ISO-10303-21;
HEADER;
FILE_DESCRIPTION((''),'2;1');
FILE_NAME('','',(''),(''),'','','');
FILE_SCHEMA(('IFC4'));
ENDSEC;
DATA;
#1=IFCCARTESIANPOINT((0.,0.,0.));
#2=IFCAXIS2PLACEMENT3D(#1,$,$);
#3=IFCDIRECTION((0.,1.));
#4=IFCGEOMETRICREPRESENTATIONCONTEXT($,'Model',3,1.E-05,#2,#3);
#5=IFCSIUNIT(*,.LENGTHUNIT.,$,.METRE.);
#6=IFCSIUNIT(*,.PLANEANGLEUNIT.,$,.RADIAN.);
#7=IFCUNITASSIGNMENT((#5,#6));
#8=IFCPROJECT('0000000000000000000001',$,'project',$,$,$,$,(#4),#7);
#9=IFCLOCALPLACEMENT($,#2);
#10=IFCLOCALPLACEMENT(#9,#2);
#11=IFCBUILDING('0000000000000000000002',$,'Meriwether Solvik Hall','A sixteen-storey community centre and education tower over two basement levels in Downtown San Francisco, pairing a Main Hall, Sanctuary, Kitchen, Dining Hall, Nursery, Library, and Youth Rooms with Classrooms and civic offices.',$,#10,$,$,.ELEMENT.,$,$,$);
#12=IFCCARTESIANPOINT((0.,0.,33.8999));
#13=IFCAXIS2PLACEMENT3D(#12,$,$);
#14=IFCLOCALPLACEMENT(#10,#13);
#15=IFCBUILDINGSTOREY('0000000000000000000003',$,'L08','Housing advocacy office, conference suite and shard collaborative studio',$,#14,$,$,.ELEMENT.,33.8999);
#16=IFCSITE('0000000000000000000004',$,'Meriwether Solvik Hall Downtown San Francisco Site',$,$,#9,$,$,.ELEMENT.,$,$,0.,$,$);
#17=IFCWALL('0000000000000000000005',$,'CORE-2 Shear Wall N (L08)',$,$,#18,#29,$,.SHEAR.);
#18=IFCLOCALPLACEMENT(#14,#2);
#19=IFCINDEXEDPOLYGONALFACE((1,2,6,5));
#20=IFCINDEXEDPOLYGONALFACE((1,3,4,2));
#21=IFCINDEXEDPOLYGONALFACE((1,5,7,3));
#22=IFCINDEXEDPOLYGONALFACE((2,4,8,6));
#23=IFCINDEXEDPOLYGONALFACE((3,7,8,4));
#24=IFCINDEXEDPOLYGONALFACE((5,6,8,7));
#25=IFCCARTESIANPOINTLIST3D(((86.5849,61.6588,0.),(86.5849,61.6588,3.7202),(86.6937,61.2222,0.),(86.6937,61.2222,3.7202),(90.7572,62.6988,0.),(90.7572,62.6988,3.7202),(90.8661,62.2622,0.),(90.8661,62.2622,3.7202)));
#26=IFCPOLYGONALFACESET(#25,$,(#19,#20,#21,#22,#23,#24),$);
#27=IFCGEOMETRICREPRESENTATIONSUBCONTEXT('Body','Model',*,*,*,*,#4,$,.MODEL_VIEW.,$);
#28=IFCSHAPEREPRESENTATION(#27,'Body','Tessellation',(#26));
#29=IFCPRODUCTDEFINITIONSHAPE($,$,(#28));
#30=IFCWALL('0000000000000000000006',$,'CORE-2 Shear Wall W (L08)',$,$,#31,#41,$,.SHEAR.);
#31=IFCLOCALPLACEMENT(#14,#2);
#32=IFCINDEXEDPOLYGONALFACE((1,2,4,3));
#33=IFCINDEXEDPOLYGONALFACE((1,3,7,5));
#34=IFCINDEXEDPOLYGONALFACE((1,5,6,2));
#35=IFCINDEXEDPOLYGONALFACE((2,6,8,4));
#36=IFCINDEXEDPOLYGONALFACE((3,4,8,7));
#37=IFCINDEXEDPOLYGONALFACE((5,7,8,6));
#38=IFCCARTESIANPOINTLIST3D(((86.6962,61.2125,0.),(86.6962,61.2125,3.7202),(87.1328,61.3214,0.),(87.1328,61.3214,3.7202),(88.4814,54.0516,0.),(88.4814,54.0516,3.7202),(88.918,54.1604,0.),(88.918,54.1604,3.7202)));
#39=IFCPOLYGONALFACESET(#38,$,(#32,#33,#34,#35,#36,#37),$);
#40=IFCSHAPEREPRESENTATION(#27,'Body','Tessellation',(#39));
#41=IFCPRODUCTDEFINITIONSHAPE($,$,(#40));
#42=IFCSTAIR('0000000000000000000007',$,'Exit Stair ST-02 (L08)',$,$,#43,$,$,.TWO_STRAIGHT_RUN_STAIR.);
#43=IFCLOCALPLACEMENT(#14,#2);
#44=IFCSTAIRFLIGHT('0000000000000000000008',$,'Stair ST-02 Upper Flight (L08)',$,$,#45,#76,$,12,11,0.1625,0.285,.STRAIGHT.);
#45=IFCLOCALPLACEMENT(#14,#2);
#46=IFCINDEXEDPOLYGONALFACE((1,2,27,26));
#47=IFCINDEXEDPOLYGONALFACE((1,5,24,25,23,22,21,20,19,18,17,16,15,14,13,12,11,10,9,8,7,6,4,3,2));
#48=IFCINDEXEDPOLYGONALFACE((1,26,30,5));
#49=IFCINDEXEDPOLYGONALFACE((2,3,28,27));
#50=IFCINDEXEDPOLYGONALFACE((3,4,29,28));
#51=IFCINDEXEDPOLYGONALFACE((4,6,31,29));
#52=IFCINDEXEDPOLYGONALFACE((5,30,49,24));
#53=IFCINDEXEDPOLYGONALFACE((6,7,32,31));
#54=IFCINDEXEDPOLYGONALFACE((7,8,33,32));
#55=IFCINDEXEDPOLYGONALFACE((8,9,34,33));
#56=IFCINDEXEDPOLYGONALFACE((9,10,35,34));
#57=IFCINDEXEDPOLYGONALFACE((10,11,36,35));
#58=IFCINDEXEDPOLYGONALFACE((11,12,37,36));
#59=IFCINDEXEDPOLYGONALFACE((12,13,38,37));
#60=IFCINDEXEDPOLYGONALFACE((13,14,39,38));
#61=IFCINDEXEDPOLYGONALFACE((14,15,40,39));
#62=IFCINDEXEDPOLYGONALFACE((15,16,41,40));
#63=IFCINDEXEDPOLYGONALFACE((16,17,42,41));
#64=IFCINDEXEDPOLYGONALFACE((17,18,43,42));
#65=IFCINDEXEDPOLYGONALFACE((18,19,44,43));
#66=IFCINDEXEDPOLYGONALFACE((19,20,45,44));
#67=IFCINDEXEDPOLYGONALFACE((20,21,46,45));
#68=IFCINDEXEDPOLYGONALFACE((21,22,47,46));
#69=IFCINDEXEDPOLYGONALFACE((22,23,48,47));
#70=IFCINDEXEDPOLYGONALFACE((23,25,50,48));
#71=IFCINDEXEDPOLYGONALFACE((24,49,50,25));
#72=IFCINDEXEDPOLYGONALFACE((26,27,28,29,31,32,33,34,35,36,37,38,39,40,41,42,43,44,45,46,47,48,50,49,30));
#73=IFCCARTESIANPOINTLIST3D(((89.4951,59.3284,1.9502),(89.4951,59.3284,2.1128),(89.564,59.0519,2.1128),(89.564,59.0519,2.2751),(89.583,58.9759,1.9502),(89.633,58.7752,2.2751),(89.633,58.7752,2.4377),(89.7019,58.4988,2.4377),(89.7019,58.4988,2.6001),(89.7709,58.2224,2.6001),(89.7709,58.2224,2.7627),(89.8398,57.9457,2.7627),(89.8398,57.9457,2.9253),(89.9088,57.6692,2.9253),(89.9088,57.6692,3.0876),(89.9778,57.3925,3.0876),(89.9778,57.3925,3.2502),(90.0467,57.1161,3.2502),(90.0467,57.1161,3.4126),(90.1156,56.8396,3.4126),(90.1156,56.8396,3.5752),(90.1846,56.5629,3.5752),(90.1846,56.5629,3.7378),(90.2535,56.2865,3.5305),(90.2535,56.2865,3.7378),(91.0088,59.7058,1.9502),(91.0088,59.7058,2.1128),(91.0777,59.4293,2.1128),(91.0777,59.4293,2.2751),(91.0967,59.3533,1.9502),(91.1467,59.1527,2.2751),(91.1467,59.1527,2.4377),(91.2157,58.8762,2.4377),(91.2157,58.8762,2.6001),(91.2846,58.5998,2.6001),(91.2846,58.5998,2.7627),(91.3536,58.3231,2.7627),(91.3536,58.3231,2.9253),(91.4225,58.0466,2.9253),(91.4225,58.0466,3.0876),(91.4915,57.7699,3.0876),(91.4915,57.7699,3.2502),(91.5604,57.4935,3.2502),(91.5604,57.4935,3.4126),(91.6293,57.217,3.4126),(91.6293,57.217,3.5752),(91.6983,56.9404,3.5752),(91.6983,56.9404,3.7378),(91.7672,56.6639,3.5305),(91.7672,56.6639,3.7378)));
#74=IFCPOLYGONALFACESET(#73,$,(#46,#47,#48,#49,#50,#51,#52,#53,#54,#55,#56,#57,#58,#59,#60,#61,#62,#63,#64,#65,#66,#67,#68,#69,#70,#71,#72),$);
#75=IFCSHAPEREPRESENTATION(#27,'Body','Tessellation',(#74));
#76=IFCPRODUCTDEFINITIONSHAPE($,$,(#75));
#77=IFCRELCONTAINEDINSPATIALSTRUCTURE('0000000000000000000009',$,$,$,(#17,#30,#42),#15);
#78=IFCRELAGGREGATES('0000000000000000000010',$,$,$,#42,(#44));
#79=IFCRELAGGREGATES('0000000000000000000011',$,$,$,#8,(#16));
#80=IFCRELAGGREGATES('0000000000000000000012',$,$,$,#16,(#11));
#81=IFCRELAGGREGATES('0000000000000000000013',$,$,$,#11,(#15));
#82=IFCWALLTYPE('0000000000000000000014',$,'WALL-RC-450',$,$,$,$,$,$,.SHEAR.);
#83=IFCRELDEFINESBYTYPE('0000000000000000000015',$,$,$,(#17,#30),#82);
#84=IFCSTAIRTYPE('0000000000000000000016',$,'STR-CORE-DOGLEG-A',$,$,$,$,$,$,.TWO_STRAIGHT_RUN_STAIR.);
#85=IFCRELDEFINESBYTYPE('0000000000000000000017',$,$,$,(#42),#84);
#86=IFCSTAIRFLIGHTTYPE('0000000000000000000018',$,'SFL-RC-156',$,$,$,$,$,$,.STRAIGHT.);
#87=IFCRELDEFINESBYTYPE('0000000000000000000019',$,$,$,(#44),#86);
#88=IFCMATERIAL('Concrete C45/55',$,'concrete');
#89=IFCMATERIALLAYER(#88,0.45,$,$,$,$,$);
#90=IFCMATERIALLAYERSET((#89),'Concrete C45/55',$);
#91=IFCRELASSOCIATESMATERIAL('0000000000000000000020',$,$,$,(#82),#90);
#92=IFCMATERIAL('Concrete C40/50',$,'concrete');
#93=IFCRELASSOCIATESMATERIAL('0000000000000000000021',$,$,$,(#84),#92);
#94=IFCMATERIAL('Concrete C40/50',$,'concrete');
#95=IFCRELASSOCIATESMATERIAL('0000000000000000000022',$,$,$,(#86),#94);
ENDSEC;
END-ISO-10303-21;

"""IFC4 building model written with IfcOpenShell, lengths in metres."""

from ifc_helpers import new_model, si_unit, direction, frame, frame_2d, origin, place, context, subcontext, project, spatial, polyline, rectangle, outline, extrude, material, layer, layer_set, type_object, element, aggregate, save


model = new_model("IFC4")

# Units and contexts
model_context = context("Model", 3, precision=1e-05, world=origin(), true_north=direction((0.0, 1.0)))
body_context = subcontext(model_context, "Body", "Model", "MODEL_VIEW")
ifc_project = project(units=[si_unit("LENGTHUNIT", "METRE"), si_unit("PLANEANGLEUNIT", "RADIAN")], contexts=[model_context])

# Site, building, storey
site_placement = place(None, origin())
site = spatial("IfcSite", under=ifc_project, at=site_placement, Name="Meriwether Solvik Hall Downtown San Francisco Site", CompositionType="ELEMENT", RefElevation=0.0)
building_placement = place(site_placement, origin())
building = spatial("IfcBuilding", under=site, at=building_placement, Name="Meriwether Solvik Hall", Description="A sixteen-storey community centre and education tower over two basement levels in Downtown San Francisco, pairing a Main Hall, Sanctuary, Kitchen, Dining Hall, Nursery, Library, and Youth Rooms with Classrooms and civic offices.", CompositionType="ELEMENT")
storey_placement = place(building_placement, frame((0.0, 0.0, 33.8999)))
storey = spatial("IfcBuildingStorey", under=building, at=storey_placement, Name="L08", Description="Housing advocacy office, conference suite and shard collaborative studio", CompositionType="ELEMENT", Elevation=33.8999)

# Walls
ifc_material_1 = material(Name="Concrete C45/55", Category="concrete")
ifc_layer_1 = layer(ifc_material_1, 0.45)
ifc_layer_set_1 = layer_set([ifc_layer_1], Name="Concrete C45/55")
wall_type_1 = type_object("IfcWallType", Name="WALL-RC-450", PredefinedType="SHEAR", material=ifc_layer_set_1)
wall_1_placement = place(storey_placement, frame((90.8115, 62.4805, 0.0), z_axis=(0.0, 0.0, 1.0), x_axis=(-0.970309, -0.241868, 0.0)))
element("IfcWall", 1, at=wall_1_placement, inside=storey, type_object=wall_type_1, Name="CORE-2 Shear Wall N (L08)", PredefinedType="SHEAR", context=body_context, shape_type="SweptSolid", body=[
    extrude(rectangle(XDim=4.3, YDim=0.45, at=frame_2d((2.1499, 0.0))), origin(), (0.0, 0.0, 1.0), 3.7202),
])
wall_2_placement = place(storey_placement, frame((86.9146, 61.2668, 0.0), z_axis=(0.0, 0.0, 1.0), x_axis=(0.24189, -0.970304, 0.0)))
element("IfcWall", 2, at=wall_2_placement, inside=storey, type_object=wall_type_1, Name="CORE-2 Shear Wall W (L08)", PredefinedType="SHEAR", context=body_context, shape_type="SweptSolid", body=[
    extrude(rectangle(XDim=7.3801, YDim=0.45, at=frame_2d((3.6899, 0.0))), origin(), (0.0, 0.0, 1.0), 3.7202),
])

# Stair, stair flight
ifc_material_2 = material(Name="Concrete C40/50", Category="concrete")
stair_type = type_object("IfcStairType", Name="STR-CORE-DOGLEG-A", PredefinedType="TWO_STRAIGHT_RUN_STAIR", material=ifc_material_2)
stair_placement = place(storey_placement, origin())
stair = element("IfcStair", 3, at=stair_placement, inside=storey, type_object=stair_type, Name="Exit Stair ST-02 (L08)", PredefinedType="TWO_STRAIGHT_RUN_STAIR")
ifc_material_3 = material(Name="Concrete C40/50", Category="concrete")
stair_flight_type = type_object("IfcStairFlightType", Name="SFL-RC-156", PredefinedType="STRAIGHT", material=ifc_material_3)
stair_flight_placement = place(storey_placement, frame((90.252, 59.5171, 1.9502), z_axis=(0.0, 0.0, 1.0), x_axis=(0.241922, -0.970296, 0.0)))
stair_flight = element("IfcStairFlight", 4, at=stair_flight_placement, type_object=stair_flight_type, Name="Stair ST-02 Upper Flight (L08)", NumberOfRisers=12, NumberOfTreads=11, PredefinedType="STRAIGHT", RiserHeight=0.1625, TreadLength=0.285, context=body_context, shape_type="SweptSolid", body=[
    extrude(outline(polyline([(0.0, 0.0), (0.0, 0.1626), (0.2849, 0.1626), (0.2849, 0.325), (0.5701, 0.325), (0.5701, 0.4875), (0.855, 0.4875), (0.855, 0.6499), (1.1399, 0.6499), (1.1399, 0.8125), (1.425, 0.8125), (1.425, 0.9751), (1.71, 0.9751), (1.71, 1.1375), (1.9951, 1.1375), (1.9951, 1.3), (2.28, 1.3), (2.28, 1.4624), (2.5649, 1.4624), (2.5649, 1.625), (2.8501, 1.625), (2.8501, 1.7876), (3.135, 1.7876), (3.135, 1.95), (3.135, 1.5803), (0.3633, 0.0), (0.0, 0.0)])), frame((0.0, 0.78, 0.0), z_axis=(0.0, -1.0, 0.0), x_axis=(1.0, 0.0, 0.0)), (0.0, 0.0, 1.0), 1.5601),
])
aggregate(stair, [stair_flight])

save(model, "model.ifc")
